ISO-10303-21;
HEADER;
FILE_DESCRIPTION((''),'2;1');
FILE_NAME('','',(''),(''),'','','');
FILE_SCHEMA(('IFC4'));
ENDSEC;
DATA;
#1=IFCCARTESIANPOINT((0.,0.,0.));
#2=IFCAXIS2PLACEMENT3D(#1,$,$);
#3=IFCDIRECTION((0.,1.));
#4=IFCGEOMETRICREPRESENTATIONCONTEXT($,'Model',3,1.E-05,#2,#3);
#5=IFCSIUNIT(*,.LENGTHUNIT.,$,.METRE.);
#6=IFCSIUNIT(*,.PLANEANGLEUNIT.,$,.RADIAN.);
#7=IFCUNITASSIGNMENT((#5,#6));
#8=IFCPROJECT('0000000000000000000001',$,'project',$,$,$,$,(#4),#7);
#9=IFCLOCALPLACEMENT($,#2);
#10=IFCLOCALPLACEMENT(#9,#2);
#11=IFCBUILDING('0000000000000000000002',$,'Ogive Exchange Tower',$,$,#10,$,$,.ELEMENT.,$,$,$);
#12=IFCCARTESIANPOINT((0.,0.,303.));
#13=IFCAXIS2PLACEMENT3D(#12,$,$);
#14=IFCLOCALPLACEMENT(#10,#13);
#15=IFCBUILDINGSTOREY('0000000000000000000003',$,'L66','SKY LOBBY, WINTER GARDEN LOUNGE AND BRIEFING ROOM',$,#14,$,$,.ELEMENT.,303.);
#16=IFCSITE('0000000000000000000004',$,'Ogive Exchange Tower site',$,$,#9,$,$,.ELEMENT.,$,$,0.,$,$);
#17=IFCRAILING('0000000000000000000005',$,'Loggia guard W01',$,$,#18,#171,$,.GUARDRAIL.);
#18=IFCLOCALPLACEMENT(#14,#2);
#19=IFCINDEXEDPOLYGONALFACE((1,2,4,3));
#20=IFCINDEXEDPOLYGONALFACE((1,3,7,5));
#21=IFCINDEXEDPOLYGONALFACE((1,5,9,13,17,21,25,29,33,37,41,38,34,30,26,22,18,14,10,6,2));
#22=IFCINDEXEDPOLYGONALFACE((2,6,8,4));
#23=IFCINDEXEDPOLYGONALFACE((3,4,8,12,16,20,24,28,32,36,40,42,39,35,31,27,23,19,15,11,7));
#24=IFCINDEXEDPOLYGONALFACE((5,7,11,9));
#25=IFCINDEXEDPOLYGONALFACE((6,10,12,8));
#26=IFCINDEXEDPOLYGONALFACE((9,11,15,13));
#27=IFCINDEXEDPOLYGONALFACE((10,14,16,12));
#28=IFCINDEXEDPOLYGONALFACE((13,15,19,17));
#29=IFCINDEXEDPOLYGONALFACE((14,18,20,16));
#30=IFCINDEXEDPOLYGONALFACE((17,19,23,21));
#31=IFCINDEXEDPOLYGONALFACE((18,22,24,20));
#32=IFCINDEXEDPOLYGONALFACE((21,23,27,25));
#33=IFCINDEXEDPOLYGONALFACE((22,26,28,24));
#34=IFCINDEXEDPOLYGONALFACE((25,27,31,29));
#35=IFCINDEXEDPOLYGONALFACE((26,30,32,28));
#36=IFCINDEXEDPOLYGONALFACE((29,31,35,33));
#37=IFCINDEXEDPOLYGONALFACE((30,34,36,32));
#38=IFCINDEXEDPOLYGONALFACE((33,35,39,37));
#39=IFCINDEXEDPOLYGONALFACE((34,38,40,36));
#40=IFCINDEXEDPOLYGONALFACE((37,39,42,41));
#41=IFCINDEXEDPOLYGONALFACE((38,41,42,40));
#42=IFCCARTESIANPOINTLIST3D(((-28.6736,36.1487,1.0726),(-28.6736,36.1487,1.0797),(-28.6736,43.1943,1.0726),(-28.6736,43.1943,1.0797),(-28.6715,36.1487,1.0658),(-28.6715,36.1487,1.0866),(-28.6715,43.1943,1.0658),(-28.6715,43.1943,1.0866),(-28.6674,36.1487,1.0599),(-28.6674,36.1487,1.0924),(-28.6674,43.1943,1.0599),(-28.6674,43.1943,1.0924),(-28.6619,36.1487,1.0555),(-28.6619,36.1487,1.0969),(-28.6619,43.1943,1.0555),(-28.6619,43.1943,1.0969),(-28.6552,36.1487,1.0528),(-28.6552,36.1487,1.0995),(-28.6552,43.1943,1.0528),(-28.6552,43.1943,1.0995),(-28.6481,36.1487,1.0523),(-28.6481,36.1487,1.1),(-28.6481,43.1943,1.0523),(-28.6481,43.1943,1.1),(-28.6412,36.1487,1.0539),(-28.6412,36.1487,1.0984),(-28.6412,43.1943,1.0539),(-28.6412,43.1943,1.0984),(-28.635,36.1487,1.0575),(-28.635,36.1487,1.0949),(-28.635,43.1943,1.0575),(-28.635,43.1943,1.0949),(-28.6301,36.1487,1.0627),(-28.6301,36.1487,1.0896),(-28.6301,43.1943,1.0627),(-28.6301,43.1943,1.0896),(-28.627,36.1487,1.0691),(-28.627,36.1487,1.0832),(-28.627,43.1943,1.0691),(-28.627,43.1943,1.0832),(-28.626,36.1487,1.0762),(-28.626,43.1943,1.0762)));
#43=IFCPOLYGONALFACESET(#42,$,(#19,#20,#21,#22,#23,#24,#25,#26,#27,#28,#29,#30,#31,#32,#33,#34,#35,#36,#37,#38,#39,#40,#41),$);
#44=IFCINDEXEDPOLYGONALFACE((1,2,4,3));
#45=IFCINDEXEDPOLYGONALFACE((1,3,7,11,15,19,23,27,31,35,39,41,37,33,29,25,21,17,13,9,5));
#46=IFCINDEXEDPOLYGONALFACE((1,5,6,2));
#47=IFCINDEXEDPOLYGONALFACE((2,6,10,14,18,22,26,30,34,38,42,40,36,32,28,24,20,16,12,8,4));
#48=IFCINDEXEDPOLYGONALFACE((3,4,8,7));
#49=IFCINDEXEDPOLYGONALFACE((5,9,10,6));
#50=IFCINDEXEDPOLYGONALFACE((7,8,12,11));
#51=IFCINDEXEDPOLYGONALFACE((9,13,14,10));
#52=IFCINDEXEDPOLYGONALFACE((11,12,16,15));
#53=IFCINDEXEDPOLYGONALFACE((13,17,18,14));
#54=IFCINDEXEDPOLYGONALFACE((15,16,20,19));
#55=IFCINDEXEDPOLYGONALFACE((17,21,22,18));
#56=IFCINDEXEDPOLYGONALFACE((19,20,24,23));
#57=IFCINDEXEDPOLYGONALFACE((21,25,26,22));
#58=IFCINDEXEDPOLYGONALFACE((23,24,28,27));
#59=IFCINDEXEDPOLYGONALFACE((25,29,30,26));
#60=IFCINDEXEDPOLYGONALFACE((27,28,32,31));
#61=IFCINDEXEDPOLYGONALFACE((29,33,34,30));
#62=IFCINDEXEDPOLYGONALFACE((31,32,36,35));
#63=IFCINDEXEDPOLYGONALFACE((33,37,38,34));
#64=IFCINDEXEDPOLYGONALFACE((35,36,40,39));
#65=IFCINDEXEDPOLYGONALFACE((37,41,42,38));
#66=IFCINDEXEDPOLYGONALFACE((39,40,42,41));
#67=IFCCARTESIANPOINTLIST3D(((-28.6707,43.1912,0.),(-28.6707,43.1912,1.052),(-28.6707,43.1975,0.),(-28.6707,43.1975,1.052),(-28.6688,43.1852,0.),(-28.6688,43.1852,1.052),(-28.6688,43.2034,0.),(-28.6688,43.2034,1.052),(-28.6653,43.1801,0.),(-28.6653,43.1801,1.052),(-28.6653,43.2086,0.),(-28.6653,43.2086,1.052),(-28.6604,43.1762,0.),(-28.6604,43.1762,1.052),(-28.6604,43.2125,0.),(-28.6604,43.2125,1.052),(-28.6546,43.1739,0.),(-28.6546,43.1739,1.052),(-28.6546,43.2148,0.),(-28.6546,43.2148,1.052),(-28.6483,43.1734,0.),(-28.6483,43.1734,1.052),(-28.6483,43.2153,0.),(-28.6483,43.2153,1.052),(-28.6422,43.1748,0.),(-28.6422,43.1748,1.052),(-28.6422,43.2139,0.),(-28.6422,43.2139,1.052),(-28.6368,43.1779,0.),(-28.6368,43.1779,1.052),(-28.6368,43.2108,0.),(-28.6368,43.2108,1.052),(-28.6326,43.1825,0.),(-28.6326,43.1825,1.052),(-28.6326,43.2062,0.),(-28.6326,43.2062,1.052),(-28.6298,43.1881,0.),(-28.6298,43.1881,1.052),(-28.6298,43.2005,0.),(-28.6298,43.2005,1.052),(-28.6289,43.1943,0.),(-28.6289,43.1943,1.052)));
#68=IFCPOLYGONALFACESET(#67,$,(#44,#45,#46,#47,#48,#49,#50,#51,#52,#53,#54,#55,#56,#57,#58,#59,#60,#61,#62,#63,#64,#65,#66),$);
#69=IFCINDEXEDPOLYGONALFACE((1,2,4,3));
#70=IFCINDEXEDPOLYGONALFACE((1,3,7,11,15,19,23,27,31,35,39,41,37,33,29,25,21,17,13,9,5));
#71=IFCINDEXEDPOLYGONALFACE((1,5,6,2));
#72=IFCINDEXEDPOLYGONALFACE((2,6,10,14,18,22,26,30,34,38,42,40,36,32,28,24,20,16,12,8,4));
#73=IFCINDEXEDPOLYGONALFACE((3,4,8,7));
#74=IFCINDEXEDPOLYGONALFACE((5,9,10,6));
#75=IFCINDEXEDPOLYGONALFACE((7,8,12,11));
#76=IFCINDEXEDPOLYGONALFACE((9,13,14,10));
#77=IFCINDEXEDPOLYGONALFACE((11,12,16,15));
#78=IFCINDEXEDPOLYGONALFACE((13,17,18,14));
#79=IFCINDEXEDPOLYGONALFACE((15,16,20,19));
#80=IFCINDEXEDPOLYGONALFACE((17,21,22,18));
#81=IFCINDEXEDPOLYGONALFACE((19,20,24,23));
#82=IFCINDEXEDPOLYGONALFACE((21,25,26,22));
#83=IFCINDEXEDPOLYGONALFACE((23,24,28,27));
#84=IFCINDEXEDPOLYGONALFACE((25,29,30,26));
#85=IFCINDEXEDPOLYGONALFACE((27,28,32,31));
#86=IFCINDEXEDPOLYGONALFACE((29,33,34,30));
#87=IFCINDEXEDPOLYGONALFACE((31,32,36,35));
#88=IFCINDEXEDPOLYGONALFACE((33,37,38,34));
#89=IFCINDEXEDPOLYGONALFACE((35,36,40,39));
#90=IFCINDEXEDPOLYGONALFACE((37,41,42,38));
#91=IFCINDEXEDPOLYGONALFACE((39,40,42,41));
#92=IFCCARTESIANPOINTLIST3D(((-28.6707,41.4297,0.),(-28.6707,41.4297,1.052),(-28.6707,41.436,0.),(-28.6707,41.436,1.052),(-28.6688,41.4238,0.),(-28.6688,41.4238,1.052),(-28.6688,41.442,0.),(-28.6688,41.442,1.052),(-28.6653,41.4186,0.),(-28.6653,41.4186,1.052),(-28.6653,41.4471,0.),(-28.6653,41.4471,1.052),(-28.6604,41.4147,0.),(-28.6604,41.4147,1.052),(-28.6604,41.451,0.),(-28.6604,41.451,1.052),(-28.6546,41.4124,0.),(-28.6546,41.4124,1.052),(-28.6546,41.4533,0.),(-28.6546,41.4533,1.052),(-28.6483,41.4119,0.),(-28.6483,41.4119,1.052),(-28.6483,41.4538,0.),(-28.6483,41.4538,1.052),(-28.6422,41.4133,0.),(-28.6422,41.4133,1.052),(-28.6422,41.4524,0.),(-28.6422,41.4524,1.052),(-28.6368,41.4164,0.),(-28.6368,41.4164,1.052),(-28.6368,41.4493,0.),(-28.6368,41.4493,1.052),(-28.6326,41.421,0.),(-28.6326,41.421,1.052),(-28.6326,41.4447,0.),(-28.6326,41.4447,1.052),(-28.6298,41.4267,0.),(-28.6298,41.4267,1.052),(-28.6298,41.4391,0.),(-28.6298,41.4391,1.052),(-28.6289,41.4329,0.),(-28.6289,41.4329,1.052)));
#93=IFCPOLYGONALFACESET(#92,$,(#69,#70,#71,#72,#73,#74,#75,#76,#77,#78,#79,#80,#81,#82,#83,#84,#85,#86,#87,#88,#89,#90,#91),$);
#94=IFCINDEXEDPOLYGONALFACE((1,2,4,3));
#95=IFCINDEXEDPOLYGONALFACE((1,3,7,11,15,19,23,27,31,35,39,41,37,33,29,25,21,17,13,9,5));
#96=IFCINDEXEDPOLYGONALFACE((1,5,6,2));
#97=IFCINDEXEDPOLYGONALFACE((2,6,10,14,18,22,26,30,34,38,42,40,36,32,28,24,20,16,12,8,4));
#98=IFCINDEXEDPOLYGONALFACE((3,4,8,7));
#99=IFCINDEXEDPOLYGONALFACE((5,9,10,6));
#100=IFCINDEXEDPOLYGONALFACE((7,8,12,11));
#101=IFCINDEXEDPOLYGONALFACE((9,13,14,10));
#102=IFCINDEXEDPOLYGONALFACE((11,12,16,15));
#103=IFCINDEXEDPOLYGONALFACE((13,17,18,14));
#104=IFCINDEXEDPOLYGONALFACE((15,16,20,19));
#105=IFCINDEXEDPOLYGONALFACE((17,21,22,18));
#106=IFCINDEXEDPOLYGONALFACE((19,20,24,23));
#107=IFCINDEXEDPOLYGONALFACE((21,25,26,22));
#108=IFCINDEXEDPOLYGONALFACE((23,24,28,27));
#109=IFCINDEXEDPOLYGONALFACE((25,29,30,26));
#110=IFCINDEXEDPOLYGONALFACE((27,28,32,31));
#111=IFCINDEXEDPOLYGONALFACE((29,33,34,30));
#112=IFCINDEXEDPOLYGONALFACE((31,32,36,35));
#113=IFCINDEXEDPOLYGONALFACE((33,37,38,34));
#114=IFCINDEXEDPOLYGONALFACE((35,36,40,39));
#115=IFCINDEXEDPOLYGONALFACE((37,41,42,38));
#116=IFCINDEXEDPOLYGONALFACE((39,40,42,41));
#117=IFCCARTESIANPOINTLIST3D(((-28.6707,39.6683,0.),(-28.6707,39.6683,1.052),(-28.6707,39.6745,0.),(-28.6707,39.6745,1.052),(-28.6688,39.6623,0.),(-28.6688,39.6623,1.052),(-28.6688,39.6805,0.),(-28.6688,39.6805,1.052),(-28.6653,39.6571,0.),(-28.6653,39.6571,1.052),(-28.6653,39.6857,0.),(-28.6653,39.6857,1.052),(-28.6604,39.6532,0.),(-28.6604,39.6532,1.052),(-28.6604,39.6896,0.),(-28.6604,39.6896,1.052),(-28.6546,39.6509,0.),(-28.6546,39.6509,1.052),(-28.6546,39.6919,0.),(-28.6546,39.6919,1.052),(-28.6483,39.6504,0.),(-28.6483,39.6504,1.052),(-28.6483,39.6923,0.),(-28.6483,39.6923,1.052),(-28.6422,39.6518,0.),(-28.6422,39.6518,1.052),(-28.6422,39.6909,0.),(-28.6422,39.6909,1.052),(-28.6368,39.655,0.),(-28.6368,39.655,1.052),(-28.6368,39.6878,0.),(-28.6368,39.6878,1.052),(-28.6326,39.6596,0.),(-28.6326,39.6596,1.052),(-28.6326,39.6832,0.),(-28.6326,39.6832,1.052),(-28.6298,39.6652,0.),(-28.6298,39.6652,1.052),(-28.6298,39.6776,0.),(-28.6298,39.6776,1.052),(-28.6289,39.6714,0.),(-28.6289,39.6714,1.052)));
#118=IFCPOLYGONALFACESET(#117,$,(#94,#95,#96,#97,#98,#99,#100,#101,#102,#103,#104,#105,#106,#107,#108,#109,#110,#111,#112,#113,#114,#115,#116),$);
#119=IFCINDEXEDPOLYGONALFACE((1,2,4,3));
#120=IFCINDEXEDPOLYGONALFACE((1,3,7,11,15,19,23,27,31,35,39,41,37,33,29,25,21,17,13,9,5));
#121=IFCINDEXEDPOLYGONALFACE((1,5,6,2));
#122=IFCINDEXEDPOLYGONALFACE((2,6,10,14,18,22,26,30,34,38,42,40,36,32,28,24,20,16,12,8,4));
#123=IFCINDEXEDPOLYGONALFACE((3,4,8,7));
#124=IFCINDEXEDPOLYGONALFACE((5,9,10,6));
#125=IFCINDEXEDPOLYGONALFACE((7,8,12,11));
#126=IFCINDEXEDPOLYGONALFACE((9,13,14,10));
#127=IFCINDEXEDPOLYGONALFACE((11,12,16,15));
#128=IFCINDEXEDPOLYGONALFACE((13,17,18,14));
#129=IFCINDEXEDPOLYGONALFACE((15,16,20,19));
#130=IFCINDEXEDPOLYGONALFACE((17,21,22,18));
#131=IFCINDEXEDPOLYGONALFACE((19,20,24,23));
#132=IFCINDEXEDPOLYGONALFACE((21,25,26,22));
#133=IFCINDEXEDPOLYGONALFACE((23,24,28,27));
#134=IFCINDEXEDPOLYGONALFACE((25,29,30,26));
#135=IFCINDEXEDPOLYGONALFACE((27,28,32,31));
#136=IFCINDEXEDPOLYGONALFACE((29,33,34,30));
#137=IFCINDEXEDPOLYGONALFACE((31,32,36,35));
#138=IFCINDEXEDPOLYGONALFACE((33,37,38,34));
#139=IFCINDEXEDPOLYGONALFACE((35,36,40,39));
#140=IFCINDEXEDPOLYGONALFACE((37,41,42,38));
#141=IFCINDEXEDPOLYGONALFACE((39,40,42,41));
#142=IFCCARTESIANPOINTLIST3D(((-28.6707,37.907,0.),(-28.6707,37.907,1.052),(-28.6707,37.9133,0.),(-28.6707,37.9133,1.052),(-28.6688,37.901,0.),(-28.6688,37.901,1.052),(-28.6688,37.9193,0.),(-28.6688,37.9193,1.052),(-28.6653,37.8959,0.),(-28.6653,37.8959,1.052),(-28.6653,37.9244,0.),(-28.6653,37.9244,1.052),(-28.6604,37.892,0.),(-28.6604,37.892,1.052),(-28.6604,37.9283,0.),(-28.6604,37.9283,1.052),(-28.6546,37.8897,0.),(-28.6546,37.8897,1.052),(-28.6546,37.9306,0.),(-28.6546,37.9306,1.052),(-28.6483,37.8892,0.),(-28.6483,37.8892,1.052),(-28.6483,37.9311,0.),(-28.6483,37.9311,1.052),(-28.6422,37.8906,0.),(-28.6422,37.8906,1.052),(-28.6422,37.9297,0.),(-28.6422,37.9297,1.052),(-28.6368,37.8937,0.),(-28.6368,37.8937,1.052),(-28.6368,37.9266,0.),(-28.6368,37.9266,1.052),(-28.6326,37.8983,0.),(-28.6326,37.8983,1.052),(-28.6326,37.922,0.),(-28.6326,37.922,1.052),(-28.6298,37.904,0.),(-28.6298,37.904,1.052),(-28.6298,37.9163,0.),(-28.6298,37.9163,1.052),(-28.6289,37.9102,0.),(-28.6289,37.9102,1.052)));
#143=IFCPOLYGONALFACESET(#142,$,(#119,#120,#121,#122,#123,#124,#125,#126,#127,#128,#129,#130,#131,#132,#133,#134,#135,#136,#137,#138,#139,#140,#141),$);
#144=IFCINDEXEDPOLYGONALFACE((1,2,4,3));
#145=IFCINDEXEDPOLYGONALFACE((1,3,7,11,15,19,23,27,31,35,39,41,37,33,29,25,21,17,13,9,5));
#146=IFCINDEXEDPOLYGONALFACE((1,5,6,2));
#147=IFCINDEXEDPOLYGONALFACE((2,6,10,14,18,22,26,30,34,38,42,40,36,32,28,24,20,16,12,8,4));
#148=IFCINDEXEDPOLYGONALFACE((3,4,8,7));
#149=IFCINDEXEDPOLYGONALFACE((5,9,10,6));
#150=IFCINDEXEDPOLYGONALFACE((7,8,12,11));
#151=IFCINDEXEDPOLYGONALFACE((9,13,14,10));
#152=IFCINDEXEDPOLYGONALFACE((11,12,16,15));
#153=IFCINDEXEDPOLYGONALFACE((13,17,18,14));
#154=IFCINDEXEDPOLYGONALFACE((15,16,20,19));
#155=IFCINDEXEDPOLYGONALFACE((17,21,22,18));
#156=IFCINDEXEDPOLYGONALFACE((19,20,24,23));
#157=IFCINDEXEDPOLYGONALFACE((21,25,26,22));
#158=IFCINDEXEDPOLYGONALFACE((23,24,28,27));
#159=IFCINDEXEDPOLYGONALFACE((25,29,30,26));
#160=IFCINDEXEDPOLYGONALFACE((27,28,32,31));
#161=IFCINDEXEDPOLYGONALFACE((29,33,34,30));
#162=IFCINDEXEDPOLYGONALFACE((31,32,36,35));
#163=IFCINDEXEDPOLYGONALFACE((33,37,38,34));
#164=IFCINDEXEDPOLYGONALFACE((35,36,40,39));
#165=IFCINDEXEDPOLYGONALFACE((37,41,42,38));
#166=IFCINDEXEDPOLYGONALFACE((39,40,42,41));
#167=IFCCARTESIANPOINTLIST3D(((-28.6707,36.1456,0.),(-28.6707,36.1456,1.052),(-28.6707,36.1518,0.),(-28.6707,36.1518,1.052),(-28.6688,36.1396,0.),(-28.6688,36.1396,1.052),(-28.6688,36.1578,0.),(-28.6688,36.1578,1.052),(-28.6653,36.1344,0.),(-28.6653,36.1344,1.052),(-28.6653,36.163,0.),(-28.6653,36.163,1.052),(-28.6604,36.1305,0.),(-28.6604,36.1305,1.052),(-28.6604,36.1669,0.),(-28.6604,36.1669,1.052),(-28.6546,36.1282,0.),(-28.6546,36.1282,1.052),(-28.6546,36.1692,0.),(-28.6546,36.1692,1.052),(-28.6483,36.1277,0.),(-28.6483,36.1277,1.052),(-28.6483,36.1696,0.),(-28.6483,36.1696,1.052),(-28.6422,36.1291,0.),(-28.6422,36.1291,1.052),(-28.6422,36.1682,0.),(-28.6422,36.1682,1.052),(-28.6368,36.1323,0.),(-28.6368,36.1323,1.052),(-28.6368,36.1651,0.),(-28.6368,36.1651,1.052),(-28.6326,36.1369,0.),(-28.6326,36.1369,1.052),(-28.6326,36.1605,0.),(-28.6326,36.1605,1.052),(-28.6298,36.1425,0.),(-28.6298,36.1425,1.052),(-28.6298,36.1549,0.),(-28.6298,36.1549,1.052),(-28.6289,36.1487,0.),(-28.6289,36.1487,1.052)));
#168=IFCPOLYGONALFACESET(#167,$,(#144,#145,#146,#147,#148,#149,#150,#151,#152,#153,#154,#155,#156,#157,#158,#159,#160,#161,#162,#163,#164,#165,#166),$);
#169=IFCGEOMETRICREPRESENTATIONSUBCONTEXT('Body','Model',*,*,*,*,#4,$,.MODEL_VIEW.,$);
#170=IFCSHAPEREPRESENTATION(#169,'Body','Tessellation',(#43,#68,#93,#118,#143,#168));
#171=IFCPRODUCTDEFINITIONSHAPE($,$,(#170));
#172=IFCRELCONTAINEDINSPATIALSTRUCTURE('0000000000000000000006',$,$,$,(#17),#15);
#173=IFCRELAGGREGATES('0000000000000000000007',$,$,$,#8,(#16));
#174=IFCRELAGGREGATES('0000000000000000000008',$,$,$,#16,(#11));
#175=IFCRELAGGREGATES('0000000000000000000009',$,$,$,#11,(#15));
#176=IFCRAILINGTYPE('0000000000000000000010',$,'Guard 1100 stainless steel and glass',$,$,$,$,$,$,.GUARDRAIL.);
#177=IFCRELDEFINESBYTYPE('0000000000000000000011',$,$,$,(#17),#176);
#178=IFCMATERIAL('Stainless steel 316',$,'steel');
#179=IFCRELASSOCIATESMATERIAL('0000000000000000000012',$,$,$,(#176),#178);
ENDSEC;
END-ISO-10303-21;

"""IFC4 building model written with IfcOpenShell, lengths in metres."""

from ifc_helpers import new_model, si_unit, direction, frame, origin, origin_2d, place, context, subcontext, project, spatial, circle, extrude, material, type_object, element, save


model = new_model("IFC4")

# Units and contexts
model_context = context("Model", 3, precision=1e-05, world=origin(), true_north=direction((0.0, 1.0)))
body_context = subcontext(model_context, "Body", "Model", "MODEL_VIEW")
ifc_project = project(units=[si_unit("LENGTHUNIT", "METRE"), si_unit("PLANEANGLEUNIT", "RADIAN")], contexts=[model_context])

# Site, building, storey
site_placement = place(None, origin())
site = spatial("IfcSite", under=ifc_project, at=site_placement, Name="Ogive Exchange Tower site", CompositionType="ELEMENT", RefElevation=0.0)
building_placement = place(site_placement, origin())
building = spatial("IfcBuilding", under=site, at=building_placement, Name="Ogive Exchange Tower", CompositionType="ELEMENT")
storey_placement = place(building_placement, frame((0.0, 0.0, 303.0)))
storey = spatial("IfcBuildingStorey", under=building, at=storey_placement, Name="L66", Description="SKY LOBBY, WINTER GARDEN LOUNGE AND BRIEFING ROOM", CompositionType="ELEMENT", Elevation=303.0)

# Railing
ifc_material_1 = material(Name="Stainless steel 316", Category="steel")
railing_type_1 = type_object("IfcRailingType", Name="Guard 1100 stainless steel and glass", PredefinedType="GUARDRAIL", material=ifc_material_1)
for number, where, name in (
    (1, (-28.6499, 43.1943, 0.0), "Loggia guard W01"),
):
    element("IfcRailing", number, at=place(storey_placement, frame(where)), inside=storey, type_object=railing_type_1, Name=name, PredefinedType="GUARDRAIL", context=body_context, shape_type="SweptSolid", body=[
        extrude(circle(Radius=0.0239, at=origin_2d()), frame((0.0, 0.0, 1.0762), z_axis=(0.0, -1.0, 0.0), x_axis=(1.0, 0.0, 0.0)), (0.0, 0.0, 1.0), 7.0457),
        extrude(circle(Radius=0.021, at=origin_2d()), origin(), (0.0, 0.0, 1.0), 1.052),
        extrude(circle(Radius=0.021, at=origin_2d()), frame((0.0, -1.7615, 0.0)), (0.0, 0.0, 1.0), 1.052),
        extrude(circle(Radius=0.021, at=origin_2d()), frame((0.0, -3.5229, 0.0)), (0.0, 0.0, 1.0), 1.052),
        extrude(circle(Radius=0.021, at=origin_2d()), frame((0.0, -5.2842, 0.0)), (0.0, 0.0, 1.0), 1.052),
        extrude(circle(Radius=0.021, at=origin_2d()), frame((0.0, -7.0457, 0.0)), (0.0, 0.0, 1.0), 1.052),
    ])

save(model, "model.ifc")
